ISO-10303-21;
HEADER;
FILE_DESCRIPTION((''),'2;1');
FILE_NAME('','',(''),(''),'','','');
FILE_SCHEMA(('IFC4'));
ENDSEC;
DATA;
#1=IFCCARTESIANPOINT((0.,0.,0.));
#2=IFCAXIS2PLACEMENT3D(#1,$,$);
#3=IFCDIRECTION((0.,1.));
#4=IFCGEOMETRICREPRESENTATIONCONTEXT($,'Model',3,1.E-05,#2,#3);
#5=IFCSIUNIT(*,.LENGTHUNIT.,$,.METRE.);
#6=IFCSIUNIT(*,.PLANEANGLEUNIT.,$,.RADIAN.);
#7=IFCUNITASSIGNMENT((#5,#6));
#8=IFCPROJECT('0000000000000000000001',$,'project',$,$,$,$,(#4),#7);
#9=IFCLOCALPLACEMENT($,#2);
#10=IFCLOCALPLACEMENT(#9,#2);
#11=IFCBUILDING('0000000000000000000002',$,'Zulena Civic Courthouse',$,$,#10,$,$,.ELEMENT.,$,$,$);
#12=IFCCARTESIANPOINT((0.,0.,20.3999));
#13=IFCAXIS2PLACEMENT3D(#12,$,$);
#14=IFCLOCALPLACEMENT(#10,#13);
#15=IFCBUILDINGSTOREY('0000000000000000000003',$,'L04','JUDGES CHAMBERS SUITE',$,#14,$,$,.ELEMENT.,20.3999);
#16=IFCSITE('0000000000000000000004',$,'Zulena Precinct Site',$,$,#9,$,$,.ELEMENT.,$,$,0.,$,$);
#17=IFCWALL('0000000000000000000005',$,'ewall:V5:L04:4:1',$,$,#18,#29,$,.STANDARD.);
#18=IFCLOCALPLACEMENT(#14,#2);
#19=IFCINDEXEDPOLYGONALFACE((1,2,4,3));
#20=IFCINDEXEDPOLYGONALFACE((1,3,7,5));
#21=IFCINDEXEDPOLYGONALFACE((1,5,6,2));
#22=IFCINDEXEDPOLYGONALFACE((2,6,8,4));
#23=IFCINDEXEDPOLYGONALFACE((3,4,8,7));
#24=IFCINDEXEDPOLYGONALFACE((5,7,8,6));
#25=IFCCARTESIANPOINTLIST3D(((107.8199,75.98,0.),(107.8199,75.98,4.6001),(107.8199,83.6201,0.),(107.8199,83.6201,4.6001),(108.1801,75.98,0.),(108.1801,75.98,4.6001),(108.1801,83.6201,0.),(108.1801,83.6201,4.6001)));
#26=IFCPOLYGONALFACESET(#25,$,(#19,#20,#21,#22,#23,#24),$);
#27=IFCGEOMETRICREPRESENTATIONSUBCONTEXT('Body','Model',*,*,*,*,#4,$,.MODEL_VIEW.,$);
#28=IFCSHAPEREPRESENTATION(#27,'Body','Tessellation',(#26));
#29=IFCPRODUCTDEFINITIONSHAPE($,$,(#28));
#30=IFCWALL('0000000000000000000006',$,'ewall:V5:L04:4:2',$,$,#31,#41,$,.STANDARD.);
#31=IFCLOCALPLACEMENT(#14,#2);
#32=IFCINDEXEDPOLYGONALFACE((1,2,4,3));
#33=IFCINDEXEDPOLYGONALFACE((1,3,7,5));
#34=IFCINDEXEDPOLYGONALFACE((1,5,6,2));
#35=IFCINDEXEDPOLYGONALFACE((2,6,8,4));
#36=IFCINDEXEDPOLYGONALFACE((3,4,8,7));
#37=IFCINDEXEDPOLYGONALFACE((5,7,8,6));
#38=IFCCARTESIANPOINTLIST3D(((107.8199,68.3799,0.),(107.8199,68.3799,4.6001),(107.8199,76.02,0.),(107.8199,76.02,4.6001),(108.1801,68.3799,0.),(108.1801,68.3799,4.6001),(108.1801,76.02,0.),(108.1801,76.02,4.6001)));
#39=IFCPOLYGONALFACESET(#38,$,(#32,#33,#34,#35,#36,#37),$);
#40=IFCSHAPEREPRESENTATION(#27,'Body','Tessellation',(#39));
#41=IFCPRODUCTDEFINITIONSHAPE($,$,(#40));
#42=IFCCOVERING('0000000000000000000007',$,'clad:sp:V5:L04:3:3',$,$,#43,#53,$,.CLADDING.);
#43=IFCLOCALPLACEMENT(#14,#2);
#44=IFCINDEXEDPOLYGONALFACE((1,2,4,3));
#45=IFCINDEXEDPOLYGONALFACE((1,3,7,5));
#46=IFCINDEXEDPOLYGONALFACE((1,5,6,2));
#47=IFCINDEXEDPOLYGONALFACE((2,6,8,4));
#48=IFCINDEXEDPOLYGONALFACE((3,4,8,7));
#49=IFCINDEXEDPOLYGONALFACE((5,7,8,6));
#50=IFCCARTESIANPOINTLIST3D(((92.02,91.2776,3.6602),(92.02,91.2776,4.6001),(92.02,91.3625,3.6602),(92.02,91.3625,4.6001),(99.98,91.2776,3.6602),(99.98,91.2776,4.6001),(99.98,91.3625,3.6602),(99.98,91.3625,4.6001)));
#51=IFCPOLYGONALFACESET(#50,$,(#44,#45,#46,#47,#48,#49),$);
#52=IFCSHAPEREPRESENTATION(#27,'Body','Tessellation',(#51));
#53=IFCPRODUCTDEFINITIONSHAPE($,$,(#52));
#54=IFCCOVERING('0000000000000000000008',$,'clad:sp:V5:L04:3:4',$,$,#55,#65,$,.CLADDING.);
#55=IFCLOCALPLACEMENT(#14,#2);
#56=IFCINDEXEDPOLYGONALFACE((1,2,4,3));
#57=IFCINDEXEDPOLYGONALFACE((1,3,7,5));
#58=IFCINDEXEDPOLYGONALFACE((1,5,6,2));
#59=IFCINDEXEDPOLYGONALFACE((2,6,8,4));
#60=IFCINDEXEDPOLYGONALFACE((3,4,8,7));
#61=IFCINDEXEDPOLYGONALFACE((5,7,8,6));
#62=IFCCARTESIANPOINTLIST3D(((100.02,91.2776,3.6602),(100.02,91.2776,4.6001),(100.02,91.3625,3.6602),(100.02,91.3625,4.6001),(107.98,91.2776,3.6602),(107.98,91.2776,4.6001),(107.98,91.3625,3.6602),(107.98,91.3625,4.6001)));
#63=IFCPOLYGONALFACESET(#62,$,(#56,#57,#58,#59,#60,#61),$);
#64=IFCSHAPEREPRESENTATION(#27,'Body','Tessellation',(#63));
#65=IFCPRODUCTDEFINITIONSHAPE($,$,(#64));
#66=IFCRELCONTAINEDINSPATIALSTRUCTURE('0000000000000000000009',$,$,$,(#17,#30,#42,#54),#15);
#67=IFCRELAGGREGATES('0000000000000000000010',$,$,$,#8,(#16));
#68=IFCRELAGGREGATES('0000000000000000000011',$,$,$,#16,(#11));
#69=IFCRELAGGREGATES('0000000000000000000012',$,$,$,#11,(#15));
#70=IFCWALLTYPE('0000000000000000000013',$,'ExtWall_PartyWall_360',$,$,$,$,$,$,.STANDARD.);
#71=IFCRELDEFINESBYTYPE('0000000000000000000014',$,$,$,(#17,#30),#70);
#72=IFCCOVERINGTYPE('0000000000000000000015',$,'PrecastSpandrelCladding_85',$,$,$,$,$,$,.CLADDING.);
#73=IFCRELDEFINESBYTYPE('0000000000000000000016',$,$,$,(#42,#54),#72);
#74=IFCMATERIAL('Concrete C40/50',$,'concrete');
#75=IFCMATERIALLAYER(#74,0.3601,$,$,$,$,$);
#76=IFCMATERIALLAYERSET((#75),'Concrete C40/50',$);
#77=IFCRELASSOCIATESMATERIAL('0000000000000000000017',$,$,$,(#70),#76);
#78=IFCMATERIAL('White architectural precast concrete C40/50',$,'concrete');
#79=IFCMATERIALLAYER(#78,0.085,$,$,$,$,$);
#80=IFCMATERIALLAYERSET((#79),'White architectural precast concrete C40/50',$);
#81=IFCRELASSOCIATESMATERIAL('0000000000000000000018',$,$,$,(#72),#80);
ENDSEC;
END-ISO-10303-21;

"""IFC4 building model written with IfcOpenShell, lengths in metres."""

from ifc_helpers import new_model, si_unit, direction, frame, frame_2d, origin, origin_2d, place, context, subcontext, project, spatial, rectangle, extrude, material, layer, layer_set, type_object, element, save


model = new_model("IFC4")

# Units and contexts
model_context = context("Model", 3, precision=1e-05, world=origin(), true_north=direction((0.0, 1.0)))
body_context = subcontext(model_context, "Body", "Model", "MODEL_VIEW")
ifc_project = project(units=[si_unit("LENGTHUNIT", "METRE"), si_unit("PLANEANGLEUNIT", "RADIAN")], contexts=[model_context])

# Site, building, storey
site_placement = place(None, origin())
site = spatial("IfcSite", under=ifc_project, at=site_placement, Name="Zulena Precinct Site", CompositionType="ELEMENT", RefElevation=0.0)
building_placement = place(site_placement, origin())
building = spatial("IfcBuilding", under=site, at=building_placement, Name="Zulena Civic Courthouse", CompositionType="ELEMENT")
storey_placement = place(building_placement, frame((0.0, 0.0, 20.3999)))
storey = spatial("IfcBuildingStorey", under=building, at=storey_placement, Name="L04", Description="JUDGES CHAMBERS SUITE", CompositionType="ELEMENT", Elevation=20.3999)

# Walls
ifc_material_1 = material(Name="Concrete C40/50", Category="concrete")
ifc_layer_1 = layer(ifc_material_1, 0.3601)
ifc_layer_set_1 = layer_set([ifc_layer_1], Name="Concrete C40/50")
wall_type_1 = type_object("IfcWallType", Name="ExtWall_PartyWall_360", PredefinedType="STANDARD", material=ifc_layer_set_1)
for number, where, z_axis, x_axis, name in (
    (1, (108.0, 83.6201, 0.0), (0.0, 0.0, 1.0), (0.0, -1.0, 0.0), "ewall:V5:L04:4:1"),
    (2, (108.0, 76.02, 0.0), (0.0, 0.0, 1.0), (0.0, -1.0, 0.0), "ewall:V5:L04:4:2"),
):
    element("IfcWall", number, at=place(storey_placement, frame(where, z_axis=z_axis, x_axis=x_axis)), inside=storey, type_object=wall_type_1, Name=name, PredefinedType="STANDARD", context=body_context, shape_type="SweptSolid", body=[
        extrude(rectangle(XDim=7.6401, YDim=0.3601, at=frame_2d((3.8201, 0.0))), origin(), (0.0, 0.0, 1.0), 4.6001),
    ])

# Coverings
ifc_material_2 = material(Name="White architectural precast concrete C40/50", Category="concrete")
ifc_layer_2 = layer(ifc_material_2, 0.085)
ifc_layer_set_2 = layer_set([ifc_layer_2], Name="White architectural precast concrete C40/50")
covering_type = type_object("IfcCoveringType", Name="PrecastSpandrelCladding_85", PredefinedType="CLADDING", material=ifc_layer_set_2)
for number, where, z_axis, x_axis, name in (
    (3, (96.0, 91.3201, 3.6602), (0.0, 0.0, 1.0), (1.0, 0.0, 0.0), "clad:sp:V5:L04:3:3"),
    (4, (104.0, 91.3201, 3.6602), (0.0, 0.0, 1.0), (1.0, 0.0, 0.0), "clad:sp:V5:L04:3:4"),
):
    element("IfcCovering", number, at=place(storey_placement, frame(where, z_axis=z_axis, x_axis=x_axis)), inside=storey, type_object=covering_type, Name=name, PredefinedType="CLADDING", context=body_context, shape_type="SweptSolid", body=[
        extrude(rectangle(XDim=7.96, YDim=0.085, at=origin_2d()), origin(), (0.0, 0.0, 1.0), 0.9399),
    ])

save(model, "model.ifc")
